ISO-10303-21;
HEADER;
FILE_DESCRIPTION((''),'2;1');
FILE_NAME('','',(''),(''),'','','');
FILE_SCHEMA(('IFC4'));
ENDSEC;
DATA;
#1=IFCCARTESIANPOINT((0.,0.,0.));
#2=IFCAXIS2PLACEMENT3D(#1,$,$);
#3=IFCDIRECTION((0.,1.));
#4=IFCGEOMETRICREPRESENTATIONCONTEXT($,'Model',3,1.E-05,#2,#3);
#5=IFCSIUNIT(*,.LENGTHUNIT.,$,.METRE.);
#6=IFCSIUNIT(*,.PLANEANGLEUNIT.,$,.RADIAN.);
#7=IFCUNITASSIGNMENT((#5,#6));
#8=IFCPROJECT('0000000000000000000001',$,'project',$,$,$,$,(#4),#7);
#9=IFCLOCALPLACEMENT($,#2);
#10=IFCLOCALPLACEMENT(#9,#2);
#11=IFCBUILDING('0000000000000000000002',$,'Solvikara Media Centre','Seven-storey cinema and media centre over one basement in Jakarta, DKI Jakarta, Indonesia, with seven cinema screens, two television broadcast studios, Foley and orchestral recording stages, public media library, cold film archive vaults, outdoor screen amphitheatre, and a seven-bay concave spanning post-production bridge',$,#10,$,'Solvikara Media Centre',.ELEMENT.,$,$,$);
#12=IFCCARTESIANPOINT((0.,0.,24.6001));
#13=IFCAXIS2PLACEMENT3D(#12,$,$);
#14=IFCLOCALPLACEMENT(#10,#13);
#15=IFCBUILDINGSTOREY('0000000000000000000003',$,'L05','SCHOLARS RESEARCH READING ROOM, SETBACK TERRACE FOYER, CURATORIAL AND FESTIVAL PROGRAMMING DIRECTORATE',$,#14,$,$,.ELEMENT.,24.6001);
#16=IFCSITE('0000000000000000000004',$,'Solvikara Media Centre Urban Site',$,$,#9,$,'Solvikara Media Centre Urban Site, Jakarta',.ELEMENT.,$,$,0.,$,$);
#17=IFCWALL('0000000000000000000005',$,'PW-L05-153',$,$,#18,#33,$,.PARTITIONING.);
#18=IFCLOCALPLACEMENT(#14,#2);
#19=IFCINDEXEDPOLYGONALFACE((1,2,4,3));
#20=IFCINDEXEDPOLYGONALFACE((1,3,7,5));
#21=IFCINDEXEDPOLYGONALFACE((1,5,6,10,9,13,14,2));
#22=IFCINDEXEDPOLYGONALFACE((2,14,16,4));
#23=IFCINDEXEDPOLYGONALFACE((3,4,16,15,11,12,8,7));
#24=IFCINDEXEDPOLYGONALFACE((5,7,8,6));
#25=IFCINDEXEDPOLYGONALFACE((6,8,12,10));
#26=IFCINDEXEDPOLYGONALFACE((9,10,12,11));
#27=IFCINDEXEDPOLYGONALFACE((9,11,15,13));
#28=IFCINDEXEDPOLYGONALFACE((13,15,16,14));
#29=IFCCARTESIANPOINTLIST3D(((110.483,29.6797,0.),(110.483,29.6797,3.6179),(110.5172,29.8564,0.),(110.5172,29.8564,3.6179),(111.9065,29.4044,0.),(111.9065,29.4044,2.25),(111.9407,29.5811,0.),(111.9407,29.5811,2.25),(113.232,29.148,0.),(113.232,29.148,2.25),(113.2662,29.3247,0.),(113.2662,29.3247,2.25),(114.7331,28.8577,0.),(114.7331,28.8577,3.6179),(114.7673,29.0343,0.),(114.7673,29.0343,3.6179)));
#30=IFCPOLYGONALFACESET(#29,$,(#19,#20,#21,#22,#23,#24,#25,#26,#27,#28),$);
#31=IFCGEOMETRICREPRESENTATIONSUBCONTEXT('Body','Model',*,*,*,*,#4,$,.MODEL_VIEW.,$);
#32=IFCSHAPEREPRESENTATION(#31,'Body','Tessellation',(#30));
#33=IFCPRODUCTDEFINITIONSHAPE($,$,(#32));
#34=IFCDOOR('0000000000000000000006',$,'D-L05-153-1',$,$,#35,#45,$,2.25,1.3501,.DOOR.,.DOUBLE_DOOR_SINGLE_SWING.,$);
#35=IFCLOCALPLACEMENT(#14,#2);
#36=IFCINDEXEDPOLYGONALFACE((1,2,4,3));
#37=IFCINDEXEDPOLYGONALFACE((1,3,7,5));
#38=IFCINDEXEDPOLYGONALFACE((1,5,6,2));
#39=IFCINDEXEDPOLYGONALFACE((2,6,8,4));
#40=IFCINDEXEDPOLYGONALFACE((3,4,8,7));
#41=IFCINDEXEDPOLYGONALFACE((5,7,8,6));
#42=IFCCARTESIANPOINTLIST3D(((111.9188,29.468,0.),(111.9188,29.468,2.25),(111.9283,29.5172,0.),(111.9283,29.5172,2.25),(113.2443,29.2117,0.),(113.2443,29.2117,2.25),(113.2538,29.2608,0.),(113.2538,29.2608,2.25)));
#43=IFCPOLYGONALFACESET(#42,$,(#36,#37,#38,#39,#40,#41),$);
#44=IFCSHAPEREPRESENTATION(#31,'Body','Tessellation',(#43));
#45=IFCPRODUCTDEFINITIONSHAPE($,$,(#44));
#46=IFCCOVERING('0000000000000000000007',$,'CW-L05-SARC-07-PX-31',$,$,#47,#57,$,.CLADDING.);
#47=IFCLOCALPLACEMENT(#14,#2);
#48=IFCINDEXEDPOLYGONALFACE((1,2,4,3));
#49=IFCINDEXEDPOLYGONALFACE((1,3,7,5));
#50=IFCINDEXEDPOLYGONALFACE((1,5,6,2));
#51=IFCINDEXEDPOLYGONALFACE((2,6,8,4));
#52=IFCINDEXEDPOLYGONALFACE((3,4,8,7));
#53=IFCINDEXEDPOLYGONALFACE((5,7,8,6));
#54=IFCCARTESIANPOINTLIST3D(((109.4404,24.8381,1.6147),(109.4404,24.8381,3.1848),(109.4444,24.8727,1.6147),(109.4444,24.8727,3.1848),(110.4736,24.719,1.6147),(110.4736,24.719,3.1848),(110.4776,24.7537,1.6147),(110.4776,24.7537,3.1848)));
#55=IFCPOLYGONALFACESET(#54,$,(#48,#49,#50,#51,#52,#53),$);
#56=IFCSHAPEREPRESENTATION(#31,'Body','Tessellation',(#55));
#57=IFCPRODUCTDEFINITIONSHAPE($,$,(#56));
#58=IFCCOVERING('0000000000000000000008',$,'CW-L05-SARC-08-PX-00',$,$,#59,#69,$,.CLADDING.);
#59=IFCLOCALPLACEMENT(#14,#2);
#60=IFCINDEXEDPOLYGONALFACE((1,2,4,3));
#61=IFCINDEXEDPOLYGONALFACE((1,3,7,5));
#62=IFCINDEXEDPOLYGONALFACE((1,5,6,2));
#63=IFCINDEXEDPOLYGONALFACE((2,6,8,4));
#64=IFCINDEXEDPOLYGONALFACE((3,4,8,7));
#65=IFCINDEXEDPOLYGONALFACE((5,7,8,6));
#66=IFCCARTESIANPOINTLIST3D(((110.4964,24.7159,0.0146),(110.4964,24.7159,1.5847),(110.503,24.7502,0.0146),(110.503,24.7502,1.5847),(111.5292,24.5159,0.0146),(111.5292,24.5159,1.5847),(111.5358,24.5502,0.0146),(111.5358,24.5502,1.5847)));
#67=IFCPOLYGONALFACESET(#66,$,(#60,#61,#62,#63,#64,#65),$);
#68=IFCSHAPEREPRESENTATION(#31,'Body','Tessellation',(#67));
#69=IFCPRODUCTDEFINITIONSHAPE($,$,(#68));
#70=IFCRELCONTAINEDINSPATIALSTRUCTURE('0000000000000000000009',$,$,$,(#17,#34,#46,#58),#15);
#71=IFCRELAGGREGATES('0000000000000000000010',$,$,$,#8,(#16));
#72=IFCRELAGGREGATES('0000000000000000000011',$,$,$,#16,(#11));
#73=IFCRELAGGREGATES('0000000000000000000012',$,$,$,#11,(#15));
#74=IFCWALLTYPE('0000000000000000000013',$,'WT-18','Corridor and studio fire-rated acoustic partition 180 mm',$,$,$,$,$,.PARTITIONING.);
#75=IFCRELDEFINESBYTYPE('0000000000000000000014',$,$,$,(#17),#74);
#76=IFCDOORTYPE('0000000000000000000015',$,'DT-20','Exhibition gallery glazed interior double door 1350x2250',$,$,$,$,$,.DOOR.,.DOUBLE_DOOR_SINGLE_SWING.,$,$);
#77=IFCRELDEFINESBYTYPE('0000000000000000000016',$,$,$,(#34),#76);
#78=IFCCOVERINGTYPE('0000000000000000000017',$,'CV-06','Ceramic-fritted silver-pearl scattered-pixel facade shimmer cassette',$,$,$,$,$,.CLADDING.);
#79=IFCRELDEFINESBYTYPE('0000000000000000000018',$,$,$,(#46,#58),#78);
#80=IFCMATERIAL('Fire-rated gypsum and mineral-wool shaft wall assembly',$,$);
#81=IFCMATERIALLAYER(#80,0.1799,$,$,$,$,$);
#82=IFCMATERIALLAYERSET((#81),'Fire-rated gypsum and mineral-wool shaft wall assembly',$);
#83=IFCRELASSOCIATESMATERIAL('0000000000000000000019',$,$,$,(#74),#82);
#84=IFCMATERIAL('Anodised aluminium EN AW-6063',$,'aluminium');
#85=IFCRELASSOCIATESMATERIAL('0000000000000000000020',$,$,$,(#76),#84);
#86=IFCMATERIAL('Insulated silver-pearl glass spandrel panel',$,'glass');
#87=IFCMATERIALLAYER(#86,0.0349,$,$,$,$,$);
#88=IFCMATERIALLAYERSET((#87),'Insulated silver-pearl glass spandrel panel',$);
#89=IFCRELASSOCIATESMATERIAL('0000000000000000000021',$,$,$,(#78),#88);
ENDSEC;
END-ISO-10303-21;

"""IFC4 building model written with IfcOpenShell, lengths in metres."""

from ifc_helpers import new_model, si_unit, direction, frame, frame_2d, origin, origin_2d, place, context, subcontext, project, spatial, rectangle, extrude, material, layer, layer_set, type_object, element, fill, save


model = new_model("IFC4")

# Units and contexts
model_context = context("Model", 3, precision=1e-05, world=origin(), true_north=direction((0.0, 1.0)))
body_context = subcontext(model_context, "Body", "Model", "MODEL_VIEW")
ifc_project = project(units=[si_unit("LENGTHUNIT", "METRE"), si_unit("PLANEANGLEUNIT", "RADIAN")], contexts=[model_context])

# Site, building, storey
site_placement = place(None, origin())
site = spatial("IfcSite", under=ifc_project, at=site_placement, Name="Solvikara Media Centre Urban Site", LongName="Solvikara Media Centre Urban Site, Jakarta", CompositionType="ELEMENT", RefElevation=0.0)
building_placement = place(site_placement, origin())
building = spatial("IfcBuilding", under=site, at=building_placement, Name="Solvikara Media Centre", Description="Seven-storey cinema and media centre over one basement in Jakarta, DKI Jakarta, Indonesia, with seven cinema screens, two television broadcast studios, Foley and orchestral recording stages, public media library, cold film archive vaults, outdoor screen amphitheatre, and a seven-bay concave spanning post-production bridge", LongName="Solvikara Media Centre", CompositionType="ELEMENT")
storey_placement = place(building_placement, frame((0.0, 0.0, 24.6001)))
storey = spatial("IfcBuildingStorey", under=building, at=storey_placement, Name="L05", Description="SCHOLARS RESEARCH READING ROOM, SETBACK TERRACE FOYER, CURATORIAL AND FESTIVAL PROGRAMMING DIRECTORATE", CompositionType="ELEMENT", Elevation=24.6001)

# Shared definitions
ifc_material_1 = material(Name="Anodised aluminium EN AW-6063", Category="aluminium")

# Shared definitions
ifc_material_2 = material(Name="Insulated silver-pearl glass spandrel panel", Category="glass")

# Wall, opening, door
ifc_material_3 = material(Name="Fire-rated gypsum and mineral-wool shaft wall assembly")
ifc_layer_1 = layer(ifc_material_3, 0.1799)
ifc_layer_set_1 = layer_set([ifc_layer_1], Name="Fire-rated gypsum and mineral-wool shaft wall assembly")
wall_type = type_object("IfcWallType", Name="WT-18", Description="Corridor and studio fire-rated acoustic partition 180 mm", PredefinedType="PARTITIONING", material=ifc_layer_set_1)
wall_placement = place(storey_placement, frame((110.5, 29.7681, 0.0), z_axis=(0.0, 0.0, 1.0), x_axis=(0.981804, -0.189897, 0.0)))
wall = element("IfcWall", 1, at=wall_placement, inside=storey, type_object=wall_type, Name="PW-L05-153", PredefinedType="PARTITIONING", context=body_context, shape_type="SweptSolid", body=[
    extrude(rectangle(XDim=4.3289, YDim=0.1799, at=frame_2d((2.1646, 0.0))), origin(), (0.0, 0.0, 1.0), 3.6179),
])
opening_placement = place(wall_placement, frame((1.45, 0.0, 0.0)))
opening = element("IfcOpeningElement", 2, at=opening_placement, cuts=wall, PredefinedType="OPENING", context=body_context, shape_type="SweptSolid", body=[
    extrude(rectangle(XDim=1.3501, YDim=2.25, at=frame_2d((0.675, 1.125))), frame((0.0, 0.1021, 0.0), z_axis=(0.0, -1.0, 0.0), x_axis=(1.0, 0.0, 0.0)), (0.0, 0.0, 1.0), 0.2039),
])
door_type = type_object("IfcDoorType", Name="DT-20", Description="Exhibition gallery glazed interior double door 1350x2250", OperationType="DOUBLE_DOOR_SINGLE_SWING", PredefinedType="DOOR", material=ifc_material_1)
door_placement = place(opening_placement, origin())
door = element("IfcDoor", 3, at=door_placement, inside=storey, type_object=door_type, Name="D-L05-153-1", OperationType="DOUBLE_DOOR_SINGLE_SWING", OverallHeight=2.25, OverallWidth=1.3501, PredefinedType="DOOR", context=body_context, shape_type="SweptSolid", body=[
    extrude(rectangle(XDim=1.3501, YDim=2.25, at=frame_2d((0.675, 1.125))), frame((0.0, 0.0249, 0.0), z_axis=(0.0, -1.0, 0.0), x_axis=(1.0, 0.0, 0.0)), (0.0, 0.0, 1.0), 0.05),
])
fill(opening, door)

# Coverings
ifc_layer_2 = layer(ifc_material_2, 0.0349)
ifc_layer_set_2 = layer_set([ifc_layer_2], Name="Insulated silver-pearl glass spandrel panel")
covering_type = type_object("IfcCoveringType", Name="CV-06", Description="Ceramic-fritted silver-pearl scattered-pixel facade shimmer cassette", PredefinedType="CLADDING", material=ifc_layer_set_2)
covering_1_placement = place(storey_placement, frame((109.959, 24.7959, 1.6147), z_axis=(0.0, 0.0, 1.0), x_axis=(0.993431, -0.114434, 0.0)))
element("IfcCovering", 4, at=covering_1_placement, inside=storey, type_object=covering_type, Name="CW-L05-SARC-07-PX-31", PredefinedType="CLADDING", context=body_context, shape_type="SweptSolid", body=[
    extrude(rectangle(XDim=1.04, YDim=0.0349, at=origin_2d()), origin(), (0.0, 0.0, 1.0), 1.5701),
])
covering_2_placement = place(storey_placement, frame((111.0161, 24.6331, 0.0146), z_axis=(0.0, 0.0, 1.0), x_axis=(0.981767, -0.190089, 0.0)))
element("IfcCovering", 5, at=covering_2_placement, inside=storey, type_object=covering_type, Name="CW-L05-SARC-08-PX-00", PredefinedType="CLADDING", context=body_context, shape_type="SweptSolid", body=[
    extrude(rectangle(XDim=1.052, YDim=0.0349, at=origin_2d()), origin(), (0.0, 0.0, 1.0), 1.5701),
])

save(model, "model.ifc")
